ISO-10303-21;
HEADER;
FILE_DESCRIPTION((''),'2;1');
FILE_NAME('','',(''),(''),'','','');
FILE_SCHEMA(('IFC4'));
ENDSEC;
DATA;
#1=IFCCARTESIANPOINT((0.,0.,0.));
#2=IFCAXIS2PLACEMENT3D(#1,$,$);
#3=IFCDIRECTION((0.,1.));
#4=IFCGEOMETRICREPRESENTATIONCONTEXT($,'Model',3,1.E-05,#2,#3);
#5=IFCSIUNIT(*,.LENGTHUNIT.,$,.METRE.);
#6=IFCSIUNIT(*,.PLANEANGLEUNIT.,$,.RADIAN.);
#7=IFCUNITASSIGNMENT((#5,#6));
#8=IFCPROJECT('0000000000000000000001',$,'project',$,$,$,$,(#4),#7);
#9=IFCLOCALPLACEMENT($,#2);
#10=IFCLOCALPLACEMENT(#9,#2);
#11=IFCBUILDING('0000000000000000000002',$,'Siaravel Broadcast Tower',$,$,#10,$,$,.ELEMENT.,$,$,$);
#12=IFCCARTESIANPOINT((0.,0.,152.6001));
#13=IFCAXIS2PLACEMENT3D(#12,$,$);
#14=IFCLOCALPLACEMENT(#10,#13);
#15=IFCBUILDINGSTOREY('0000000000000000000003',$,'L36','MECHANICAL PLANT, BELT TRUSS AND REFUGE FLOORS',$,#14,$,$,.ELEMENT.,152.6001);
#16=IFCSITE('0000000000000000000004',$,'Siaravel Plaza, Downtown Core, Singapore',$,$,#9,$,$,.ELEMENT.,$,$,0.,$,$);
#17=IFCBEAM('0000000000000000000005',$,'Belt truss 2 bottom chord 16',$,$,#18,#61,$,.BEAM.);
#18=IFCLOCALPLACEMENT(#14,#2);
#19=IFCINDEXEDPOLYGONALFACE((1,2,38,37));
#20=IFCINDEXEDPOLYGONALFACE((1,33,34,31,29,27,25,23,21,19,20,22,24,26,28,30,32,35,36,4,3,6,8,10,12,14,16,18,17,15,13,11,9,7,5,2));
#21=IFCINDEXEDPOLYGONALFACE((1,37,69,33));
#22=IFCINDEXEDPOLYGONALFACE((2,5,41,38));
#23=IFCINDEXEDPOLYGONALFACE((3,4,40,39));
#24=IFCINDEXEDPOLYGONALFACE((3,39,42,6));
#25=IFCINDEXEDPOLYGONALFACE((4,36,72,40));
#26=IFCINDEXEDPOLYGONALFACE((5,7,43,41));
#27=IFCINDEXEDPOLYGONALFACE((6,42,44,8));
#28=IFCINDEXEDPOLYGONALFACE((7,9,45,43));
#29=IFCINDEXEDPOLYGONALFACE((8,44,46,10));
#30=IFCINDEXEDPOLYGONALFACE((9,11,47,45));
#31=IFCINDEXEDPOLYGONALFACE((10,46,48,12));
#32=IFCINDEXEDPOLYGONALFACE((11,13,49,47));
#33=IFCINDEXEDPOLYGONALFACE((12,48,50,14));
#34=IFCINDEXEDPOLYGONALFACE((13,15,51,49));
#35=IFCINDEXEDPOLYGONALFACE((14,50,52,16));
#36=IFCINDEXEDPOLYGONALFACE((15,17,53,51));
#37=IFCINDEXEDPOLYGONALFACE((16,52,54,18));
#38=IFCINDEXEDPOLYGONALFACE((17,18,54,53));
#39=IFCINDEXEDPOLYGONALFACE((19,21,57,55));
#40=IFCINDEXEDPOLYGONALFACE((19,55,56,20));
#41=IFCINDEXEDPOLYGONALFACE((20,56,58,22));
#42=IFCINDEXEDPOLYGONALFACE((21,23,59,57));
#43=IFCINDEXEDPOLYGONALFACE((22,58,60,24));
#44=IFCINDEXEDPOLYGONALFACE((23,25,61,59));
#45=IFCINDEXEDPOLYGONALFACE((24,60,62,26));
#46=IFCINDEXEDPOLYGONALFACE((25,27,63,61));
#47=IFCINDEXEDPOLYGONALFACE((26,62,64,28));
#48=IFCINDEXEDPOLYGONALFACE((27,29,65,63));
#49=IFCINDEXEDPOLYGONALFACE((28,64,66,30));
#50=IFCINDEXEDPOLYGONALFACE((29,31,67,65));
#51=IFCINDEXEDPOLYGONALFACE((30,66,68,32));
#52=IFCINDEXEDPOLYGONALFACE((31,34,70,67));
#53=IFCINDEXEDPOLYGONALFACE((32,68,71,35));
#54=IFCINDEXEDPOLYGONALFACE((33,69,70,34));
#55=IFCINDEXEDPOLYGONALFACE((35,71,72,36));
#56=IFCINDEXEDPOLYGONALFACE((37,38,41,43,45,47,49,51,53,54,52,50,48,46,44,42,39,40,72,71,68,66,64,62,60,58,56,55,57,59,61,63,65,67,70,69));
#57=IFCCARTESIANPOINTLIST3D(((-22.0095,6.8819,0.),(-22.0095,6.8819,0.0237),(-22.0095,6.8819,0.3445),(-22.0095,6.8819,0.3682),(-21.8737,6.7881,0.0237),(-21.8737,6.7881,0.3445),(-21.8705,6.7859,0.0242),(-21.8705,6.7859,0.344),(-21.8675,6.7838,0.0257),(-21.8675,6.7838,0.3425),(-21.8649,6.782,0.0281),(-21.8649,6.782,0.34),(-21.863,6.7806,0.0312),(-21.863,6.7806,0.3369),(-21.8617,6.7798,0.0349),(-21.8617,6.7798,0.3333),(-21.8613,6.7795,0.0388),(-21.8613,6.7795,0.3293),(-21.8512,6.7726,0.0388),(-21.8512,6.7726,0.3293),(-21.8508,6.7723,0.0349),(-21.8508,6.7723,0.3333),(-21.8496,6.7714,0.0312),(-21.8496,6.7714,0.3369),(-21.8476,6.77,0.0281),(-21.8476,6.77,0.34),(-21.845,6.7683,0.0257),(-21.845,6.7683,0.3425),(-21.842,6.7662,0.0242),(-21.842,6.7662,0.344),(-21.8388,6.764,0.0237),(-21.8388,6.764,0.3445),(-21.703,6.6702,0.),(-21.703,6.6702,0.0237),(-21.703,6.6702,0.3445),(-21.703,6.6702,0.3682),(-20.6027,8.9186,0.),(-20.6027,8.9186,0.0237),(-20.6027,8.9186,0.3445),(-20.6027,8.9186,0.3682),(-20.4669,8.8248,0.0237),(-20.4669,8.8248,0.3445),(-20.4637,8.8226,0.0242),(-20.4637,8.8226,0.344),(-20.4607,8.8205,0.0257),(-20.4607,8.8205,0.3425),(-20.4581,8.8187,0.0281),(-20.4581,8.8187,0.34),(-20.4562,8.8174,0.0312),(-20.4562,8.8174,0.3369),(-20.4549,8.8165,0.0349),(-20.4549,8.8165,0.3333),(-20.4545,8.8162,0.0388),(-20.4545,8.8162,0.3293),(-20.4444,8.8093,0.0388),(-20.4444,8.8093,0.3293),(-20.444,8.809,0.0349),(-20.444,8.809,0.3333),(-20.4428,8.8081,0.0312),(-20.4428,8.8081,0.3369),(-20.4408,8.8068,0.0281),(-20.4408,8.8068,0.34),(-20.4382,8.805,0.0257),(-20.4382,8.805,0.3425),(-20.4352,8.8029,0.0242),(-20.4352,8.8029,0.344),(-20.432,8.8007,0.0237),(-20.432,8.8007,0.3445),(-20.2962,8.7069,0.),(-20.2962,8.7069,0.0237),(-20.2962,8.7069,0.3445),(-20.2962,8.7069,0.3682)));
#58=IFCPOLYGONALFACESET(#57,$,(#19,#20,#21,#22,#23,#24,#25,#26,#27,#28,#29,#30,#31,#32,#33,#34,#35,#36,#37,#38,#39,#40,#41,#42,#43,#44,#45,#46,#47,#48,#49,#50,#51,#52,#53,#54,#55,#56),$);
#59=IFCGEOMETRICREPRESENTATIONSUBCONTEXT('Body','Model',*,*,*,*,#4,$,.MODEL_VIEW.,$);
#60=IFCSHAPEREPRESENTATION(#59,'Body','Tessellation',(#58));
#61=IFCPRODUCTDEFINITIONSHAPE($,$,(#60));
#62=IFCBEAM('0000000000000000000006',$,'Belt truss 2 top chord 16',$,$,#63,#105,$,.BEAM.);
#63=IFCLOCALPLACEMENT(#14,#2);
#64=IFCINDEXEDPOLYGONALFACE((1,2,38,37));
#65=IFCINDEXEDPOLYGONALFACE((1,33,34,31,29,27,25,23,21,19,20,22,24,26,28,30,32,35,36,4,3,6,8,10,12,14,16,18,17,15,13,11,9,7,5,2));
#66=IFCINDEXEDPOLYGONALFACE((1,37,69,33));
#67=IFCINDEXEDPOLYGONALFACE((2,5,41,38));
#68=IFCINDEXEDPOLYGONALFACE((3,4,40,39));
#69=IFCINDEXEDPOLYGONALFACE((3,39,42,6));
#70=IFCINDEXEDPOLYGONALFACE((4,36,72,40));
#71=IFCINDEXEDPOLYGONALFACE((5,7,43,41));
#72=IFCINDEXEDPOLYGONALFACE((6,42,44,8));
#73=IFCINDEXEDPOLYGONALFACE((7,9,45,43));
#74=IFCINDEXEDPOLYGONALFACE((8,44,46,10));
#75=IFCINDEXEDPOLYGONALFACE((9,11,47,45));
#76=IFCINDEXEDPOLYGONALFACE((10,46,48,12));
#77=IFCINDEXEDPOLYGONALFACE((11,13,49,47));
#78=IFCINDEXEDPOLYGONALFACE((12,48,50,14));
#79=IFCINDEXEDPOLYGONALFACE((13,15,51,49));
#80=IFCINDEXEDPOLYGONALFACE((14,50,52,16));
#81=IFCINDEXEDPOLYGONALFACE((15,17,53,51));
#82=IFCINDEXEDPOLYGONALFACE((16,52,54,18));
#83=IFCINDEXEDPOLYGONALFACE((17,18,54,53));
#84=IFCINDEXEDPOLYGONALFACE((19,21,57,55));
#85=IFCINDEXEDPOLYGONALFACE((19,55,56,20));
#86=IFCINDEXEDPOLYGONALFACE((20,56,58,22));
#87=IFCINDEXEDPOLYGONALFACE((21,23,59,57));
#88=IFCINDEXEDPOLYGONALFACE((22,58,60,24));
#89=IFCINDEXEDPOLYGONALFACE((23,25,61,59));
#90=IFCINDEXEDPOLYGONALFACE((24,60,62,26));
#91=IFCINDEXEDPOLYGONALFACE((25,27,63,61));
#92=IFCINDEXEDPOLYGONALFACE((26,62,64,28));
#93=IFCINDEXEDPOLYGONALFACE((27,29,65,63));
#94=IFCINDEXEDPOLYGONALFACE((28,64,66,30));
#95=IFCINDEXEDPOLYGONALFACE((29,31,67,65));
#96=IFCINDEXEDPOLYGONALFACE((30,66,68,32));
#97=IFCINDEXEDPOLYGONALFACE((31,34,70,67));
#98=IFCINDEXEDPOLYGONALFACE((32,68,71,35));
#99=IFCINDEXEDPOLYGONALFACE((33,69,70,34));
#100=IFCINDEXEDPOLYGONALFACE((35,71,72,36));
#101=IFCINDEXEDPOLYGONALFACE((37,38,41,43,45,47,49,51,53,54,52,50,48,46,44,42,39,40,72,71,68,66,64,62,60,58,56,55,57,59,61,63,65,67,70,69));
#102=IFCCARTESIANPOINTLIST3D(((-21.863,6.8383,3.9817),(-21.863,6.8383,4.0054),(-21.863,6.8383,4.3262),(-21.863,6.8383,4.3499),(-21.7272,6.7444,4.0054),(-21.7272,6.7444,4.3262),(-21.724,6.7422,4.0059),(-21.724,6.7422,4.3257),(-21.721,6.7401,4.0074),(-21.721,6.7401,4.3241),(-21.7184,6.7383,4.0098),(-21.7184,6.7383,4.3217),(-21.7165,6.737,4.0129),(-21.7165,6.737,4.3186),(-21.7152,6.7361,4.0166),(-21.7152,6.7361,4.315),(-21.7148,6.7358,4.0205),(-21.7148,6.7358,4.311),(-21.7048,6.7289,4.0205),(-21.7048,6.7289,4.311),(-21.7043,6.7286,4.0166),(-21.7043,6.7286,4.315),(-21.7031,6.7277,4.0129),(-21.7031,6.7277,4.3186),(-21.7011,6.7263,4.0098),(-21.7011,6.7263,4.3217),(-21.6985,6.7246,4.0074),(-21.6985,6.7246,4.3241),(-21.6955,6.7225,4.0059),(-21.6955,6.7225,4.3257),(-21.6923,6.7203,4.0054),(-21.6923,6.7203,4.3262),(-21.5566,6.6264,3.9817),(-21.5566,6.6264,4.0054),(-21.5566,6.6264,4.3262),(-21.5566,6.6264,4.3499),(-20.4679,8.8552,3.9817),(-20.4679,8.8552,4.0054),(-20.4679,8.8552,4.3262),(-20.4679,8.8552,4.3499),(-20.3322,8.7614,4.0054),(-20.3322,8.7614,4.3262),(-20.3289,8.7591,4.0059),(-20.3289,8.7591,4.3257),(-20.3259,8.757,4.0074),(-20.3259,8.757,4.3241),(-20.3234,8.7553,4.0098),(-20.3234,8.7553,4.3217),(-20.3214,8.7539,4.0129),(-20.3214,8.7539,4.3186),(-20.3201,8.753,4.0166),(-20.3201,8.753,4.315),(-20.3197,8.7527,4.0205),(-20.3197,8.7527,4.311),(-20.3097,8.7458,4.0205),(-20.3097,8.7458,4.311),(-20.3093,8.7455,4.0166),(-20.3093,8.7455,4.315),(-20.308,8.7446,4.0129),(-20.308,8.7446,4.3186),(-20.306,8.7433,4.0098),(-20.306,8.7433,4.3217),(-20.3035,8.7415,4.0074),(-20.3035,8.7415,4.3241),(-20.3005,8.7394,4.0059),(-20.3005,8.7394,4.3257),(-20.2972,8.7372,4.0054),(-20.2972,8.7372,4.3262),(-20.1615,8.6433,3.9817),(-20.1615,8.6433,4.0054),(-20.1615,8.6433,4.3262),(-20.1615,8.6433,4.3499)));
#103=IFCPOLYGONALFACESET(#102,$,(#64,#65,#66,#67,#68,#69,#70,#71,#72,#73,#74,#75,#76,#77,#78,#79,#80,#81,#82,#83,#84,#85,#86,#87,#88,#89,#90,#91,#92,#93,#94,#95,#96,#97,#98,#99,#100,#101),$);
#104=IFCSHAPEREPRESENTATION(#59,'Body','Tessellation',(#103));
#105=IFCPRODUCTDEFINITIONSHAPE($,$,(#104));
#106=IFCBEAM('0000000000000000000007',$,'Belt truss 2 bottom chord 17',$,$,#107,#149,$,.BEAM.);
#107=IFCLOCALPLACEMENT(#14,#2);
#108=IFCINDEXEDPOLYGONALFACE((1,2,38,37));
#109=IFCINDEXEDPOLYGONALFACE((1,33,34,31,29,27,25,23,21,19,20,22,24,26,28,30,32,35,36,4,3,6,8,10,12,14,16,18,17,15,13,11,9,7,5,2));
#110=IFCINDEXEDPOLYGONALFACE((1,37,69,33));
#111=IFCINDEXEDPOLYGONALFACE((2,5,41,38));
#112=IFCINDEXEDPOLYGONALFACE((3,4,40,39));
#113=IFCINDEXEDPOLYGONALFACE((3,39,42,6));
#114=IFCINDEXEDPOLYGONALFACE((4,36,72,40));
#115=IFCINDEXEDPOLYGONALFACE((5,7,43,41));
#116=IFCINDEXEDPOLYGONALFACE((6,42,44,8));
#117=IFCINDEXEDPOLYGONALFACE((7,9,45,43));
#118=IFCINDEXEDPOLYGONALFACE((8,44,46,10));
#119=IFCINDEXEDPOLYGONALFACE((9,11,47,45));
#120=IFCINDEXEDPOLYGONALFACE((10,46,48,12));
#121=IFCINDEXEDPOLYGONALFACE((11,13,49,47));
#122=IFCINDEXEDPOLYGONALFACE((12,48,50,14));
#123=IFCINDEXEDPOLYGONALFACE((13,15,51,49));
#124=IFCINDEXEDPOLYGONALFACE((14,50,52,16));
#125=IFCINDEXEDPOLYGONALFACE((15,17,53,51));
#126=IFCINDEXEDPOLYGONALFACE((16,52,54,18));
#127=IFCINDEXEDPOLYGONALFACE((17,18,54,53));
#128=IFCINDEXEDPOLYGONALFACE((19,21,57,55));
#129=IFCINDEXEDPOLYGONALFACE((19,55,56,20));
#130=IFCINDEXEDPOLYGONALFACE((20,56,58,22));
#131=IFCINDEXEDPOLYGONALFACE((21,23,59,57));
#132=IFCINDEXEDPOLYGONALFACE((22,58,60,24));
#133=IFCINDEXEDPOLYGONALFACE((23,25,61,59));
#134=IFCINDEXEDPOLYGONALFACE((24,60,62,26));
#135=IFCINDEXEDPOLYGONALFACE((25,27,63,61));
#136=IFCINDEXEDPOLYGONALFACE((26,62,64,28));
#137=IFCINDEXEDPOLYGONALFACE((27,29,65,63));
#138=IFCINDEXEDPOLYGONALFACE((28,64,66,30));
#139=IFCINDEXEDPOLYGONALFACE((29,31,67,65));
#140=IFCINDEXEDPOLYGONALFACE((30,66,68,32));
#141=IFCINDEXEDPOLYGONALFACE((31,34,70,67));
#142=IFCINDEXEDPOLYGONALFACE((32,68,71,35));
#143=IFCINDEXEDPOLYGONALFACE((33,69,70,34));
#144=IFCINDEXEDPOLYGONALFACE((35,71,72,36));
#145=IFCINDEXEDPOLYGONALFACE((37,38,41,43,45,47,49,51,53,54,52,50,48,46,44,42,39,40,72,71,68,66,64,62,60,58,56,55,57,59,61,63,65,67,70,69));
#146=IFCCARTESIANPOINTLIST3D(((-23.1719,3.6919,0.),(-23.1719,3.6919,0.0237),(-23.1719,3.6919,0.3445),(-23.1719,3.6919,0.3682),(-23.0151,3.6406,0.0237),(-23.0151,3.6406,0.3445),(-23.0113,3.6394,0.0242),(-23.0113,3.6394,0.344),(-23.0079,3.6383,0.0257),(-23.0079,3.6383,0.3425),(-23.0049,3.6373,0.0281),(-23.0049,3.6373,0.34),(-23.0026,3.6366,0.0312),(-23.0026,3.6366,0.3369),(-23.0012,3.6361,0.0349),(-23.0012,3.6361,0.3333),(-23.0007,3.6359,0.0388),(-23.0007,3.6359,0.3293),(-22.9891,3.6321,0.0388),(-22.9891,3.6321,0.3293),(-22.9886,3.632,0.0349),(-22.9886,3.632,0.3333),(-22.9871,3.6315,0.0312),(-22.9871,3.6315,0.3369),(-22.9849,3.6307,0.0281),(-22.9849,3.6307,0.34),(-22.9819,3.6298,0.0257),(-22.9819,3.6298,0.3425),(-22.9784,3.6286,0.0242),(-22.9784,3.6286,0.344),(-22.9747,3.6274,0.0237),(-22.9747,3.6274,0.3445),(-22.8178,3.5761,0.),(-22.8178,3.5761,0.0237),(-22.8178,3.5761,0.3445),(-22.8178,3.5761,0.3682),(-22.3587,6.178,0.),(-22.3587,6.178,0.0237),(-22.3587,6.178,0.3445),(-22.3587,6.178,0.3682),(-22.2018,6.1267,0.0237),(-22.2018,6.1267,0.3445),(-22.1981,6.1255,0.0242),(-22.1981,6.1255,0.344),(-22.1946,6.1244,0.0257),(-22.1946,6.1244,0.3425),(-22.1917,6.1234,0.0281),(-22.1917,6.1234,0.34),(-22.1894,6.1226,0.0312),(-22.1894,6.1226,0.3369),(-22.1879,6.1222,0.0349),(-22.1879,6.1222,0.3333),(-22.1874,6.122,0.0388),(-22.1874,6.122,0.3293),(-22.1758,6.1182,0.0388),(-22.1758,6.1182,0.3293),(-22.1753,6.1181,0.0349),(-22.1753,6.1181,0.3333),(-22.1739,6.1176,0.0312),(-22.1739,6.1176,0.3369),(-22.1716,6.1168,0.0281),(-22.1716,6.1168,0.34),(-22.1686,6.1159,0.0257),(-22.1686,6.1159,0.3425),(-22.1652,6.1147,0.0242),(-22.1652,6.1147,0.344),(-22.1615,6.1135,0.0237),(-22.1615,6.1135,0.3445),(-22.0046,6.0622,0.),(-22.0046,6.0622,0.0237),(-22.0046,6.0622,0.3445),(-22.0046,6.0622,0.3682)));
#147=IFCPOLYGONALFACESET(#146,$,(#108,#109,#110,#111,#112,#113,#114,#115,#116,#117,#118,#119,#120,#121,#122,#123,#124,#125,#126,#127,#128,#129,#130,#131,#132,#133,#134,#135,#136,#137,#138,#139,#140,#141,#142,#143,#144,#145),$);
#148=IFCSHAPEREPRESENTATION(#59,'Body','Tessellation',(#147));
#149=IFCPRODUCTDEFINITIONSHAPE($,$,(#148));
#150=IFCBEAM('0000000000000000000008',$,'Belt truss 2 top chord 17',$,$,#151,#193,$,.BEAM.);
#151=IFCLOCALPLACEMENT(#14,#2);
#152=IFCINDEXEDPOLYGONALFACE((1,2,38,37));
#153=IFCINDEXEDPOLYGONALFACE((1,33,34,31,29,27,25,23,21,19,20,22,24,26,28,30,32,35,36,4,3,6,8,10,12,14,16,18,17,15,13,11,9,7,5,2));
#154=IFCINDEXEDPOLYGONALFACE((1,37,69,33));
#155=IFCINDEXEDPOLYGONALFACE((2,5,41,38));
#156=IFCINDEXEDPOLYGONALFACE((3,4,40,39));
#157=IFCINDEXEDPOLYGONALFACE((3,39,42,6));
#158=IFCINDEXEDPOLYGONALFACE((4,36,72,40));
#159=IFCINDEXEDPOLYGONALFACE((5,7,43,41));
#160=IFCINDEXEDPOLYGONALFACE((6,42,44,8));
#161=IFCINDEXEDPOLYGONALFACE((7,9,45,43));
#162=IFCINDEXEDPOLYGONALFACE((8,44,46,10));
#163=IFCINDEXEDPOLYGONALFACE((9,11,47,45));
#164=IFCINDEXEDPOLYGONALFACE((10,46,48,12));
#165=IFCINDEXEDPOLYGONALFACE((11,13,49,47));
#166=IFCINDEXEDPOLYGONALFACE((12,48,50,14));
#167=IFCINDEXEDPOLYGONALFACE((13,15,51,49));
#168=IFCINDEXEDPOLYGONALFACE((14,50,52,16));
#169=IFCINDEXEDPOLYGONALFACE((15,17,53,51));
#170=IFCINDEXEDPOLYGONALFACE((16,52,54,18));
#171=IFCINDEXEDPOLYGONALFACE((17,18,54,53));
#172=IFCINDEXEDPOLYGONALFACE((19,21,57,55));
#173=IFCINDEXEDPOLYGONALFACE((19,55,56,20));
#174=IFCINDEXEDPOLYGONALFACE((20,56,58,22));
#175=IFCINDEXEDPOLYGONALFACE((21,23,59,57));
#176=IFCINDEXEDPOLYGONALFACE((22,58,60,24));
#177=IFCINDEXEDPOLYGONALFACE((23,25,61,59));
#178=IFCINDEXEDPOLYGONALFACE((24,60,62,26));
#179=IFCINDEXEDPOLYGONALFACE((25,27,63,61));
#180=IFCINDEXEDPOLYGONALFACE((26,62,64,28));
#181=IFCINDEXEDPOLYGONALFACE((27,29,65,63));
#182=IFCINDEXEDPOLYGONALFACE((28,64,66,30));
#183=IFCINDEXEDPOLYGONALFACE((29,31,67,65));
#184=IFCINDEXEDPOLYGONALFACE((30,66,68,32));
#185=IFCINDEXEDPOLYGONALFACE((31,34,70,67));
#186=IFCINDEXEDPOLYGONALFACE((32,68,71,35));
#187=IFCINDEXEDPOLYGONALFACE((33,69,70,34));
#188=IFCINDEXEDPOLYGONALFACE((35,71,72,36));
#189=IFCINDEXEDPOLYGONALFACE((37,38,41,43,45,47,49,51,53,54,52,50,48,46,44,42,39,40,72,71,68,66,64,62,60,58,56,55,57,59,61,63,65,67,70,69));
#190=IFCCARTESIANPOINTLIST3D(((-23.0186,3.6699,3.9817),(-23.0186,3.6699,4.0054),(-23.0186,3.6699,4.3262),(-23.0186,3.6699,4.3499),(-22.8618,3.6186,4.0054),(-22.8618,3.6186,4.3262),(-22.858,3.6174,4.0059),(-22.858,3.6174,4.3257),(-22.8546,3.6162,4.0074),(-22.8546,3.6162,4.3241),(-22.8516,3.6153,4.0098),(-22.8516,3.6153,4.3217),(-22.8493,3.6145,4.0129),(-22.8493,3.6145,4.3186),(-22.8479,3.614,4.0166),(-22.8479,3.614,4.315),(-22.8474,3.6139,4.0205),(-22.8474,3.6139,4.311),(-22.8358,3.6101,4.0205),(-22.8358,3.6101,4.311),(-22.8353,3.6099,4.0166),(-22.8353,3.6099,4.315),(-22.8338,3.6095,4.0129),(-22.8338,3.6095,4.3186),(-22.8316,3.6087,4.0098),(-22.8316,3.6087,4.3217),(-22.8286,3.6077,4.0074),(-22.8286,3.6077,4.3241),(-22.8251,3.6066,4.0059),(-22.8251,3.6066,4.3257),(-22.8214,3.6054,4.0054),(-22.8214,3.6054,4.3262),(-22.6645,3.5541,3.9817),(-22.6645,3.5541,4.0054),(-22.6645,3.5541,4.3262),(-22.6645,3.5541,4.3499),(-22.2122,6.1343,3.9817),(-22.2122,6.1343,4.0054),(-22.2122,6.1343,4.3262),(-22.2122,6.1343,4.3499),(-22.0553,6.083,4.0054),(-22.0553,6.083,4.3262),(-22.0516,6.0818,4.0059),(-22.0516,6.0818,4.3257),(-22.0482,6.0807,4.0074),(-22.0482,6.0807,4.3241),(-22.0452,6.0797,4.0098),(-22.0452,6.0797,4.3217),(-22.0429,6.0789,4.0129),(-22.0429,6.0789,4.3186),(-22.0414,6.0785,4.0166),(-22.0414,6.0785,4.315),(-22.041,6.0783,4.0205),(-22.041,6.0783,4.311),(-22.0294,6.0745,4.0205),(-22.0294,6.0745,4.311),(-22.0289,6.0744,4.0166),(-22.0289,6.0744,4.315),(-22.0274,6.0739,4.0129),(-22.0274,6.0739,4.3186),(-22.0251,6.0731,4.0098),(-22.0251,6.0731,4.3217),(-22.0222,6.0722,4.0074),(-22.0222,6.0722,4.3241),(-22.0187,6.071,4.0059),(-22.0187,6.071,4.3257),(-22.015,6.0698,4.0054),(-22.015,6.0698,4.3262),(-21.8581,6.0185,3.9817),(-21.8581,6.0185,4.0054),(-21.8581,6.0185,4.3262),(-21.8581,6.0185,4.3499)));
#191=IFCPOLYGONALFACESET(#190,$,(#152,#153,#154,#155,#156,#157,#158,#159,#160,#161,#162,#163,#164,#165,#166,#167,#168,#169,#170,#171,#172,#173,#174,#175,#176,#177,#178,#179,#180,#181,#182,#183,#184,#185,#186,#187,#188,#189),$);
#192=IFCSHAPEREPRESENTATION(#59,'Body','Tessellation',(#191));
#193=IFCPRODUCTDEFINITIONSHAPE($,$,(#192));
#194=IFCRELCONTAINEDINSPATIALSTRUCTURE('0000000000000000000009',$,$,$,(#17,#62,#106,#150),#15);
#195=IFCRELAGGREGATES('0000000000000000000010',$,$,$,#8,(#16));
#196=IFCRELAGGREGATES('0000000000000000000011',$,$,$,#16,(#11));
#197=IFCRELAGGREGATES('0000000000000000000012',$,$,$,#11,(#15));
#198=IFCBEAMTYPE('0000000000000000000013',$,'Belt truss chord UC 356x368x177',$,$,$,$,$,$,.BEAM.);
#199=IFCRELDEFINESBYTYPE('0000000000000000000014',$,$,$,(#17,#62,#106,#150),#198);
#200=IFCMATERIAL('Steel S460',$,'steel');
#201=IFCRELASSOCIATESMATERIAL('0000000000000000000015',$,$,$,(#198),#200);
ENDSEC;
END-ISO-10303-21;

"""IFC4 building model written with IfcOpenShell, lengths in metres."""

from ifc_helpers import new_model, si_unit, direction, frame, origin, origin_2d, place, context, subcontext, project, spatial, i_section, extrude, material, material_profile, profile_set, type_object, element, save


model = new_model("IFC4")

# Units and contexts
model_context = context("Model", 3, precision=1e-05, world=origin(), true_north=direction((0.0, 1.0)))
body_context = subcontext(model_context, "Body", "Model", "MODEL_VIEW")
ifc_project = project(units=[si_unit("LENGTHUNIT", "METRE"), si_unit("PLANEANGLEUNIT", "RADIAN")], contexts=[model_context])

# Site, building, storey
site_placement = place(None, origin())
site = spatial("IfcSite", under=ifc_project, at=site_placement, Name="Siaravel Plaza, Downtown Core, Singapore", CompositionType="ELEMENT", RefElevation=0.0)
building_placement = place(site_placement, origin())
building = spatial("IfcBuilding", under=site, at=building_placement, Name="Siaravel Broadcast Tower", CompositionType="ELEMENT")
storey_placement = place(building_placement, frame((0.0, 0.0, 152.6001)))
storey = spatial("IfcBuildingStorey", under=building, at=storey_placement, Name="L36", Description="MECHANICAL PLANT, BELT TRUSS AND REFUGE FLOORS", CompositionType="ELEMENT", Elevation=152.6001)

# Beams
ifc_material_1 = material(Name="Steel S460", Category="steel")
ifc_material_profile_1 = material_profile(ifc_material_1, i_section(OverallWidth=0.3726, OverallDepth=0.3682, WebThickness=0.0122, FlangeThickness=0.0237, FilletRadius=0.0151, at=origin_2d()))
ifc_profile_set_1 = profile_set([ifc_material_profile_1], Name="Steel S460")
beam_type_1 = type_object("IfcBeamType", Name="Belt truss chord UC 356x368x177", PredefinedType="BEAM", material=ifc_profile_set_1)
beam_1_placement = place(storey_placement, frame((-20.4495, 8.8127, 0.1841), z_axis=(-0.568327, -0.822802, 0.0), x_axis=(0.822802, -0.568327, 0.0)))
element("IfcBeam", 1, at=beam_1_placement, inside=storey, type_object=beam_type_1, Name="Belt truss 2 bottom chord 16", PredefinedType="BEAM", context=body_context, shape_type="SweptSolid", body=[
    extrude(i_section(OverallWidth=0.3726, OverallDepth=0.3682, WebThickness=0.0122, FlangeThickness=0.0237, FilletRadius=0.0151, at=origin_2d()), origin(), (0.0, 0.0, 1.0), 2.4753),
])
beam_2_placement = place(storey_placement, frame((-20.3147, 8.7493, 4.1658), z_axis=(-0.568863, -0.822432, 0.0), x_axis=(0.822432, -0.568863, 0.0)))
element("IfcBeam", 2, at=beam_2_placement, inside=storey, type_object=beam_type_1, Name="Belt truss 2 top chord 16", PredefinedType="BEAM", context=body_context, shape_type="SweptSolid", body=[
    extrude(i_section(OverallWidth=0.3726, OverallDepth=0.3682, WebThickness=0.0122, FlangeThickness=0.0237, FilletRadius=0.0151, at=origin_2d()), origin(), (0.0, 0.0, 1.0), 2.4524),
])
beam_3_placement = place(storey_placement, frame((-22.1816, 6.1201, 0.1841), z_axis=(-0.310903, -0.950442, 0.0), x_axis=(0.950442, -0.310903, 0.0)))
element("IfcBeam", 3, at=beam_3_placement, inside=storey, type_object=beam_type_1, Name="Belt truss 2 bottom chord 17", PredefinedType="BEAM", context=body_context, shape_type="SweptSolid", body=[
    extrude(i_section(OverallWidth=0.3726, OverallDepth=0.3682, WebThickness=0.0122, FlangeThickness=0.0237, FilletRadius=0.0151, at=origin_2d()), origin(), (0.0, 0.0, 1.0), 2.6157),
])
beam_4_placement = place(storey_placement, frame((-22.0352, 6.0764, 4.1658), z_axis=(-0.310997, -0.950411, 0.0), x_axis=(0.950411, -0.310997, 0.0)))
element("IfcBeam", 4, at=beam_4_placement, inside=storey, type_object=beam_type_1, Name="Belt truss 2 top chord 17", PredefinedType="BEAM", context=body_context, shape_type="SweptSolid", body=[
    extrude(i_section(OverallWidth=0.3726, OverallDepth=0.3682, WebThickness=0.0122, FlangeThickness=0.0237, FilletRadius=0.0151, at=origin_2d()), origin(), (0.0, 0.0, 1.0), 2.593),
])

save(model, "model.ifc")
